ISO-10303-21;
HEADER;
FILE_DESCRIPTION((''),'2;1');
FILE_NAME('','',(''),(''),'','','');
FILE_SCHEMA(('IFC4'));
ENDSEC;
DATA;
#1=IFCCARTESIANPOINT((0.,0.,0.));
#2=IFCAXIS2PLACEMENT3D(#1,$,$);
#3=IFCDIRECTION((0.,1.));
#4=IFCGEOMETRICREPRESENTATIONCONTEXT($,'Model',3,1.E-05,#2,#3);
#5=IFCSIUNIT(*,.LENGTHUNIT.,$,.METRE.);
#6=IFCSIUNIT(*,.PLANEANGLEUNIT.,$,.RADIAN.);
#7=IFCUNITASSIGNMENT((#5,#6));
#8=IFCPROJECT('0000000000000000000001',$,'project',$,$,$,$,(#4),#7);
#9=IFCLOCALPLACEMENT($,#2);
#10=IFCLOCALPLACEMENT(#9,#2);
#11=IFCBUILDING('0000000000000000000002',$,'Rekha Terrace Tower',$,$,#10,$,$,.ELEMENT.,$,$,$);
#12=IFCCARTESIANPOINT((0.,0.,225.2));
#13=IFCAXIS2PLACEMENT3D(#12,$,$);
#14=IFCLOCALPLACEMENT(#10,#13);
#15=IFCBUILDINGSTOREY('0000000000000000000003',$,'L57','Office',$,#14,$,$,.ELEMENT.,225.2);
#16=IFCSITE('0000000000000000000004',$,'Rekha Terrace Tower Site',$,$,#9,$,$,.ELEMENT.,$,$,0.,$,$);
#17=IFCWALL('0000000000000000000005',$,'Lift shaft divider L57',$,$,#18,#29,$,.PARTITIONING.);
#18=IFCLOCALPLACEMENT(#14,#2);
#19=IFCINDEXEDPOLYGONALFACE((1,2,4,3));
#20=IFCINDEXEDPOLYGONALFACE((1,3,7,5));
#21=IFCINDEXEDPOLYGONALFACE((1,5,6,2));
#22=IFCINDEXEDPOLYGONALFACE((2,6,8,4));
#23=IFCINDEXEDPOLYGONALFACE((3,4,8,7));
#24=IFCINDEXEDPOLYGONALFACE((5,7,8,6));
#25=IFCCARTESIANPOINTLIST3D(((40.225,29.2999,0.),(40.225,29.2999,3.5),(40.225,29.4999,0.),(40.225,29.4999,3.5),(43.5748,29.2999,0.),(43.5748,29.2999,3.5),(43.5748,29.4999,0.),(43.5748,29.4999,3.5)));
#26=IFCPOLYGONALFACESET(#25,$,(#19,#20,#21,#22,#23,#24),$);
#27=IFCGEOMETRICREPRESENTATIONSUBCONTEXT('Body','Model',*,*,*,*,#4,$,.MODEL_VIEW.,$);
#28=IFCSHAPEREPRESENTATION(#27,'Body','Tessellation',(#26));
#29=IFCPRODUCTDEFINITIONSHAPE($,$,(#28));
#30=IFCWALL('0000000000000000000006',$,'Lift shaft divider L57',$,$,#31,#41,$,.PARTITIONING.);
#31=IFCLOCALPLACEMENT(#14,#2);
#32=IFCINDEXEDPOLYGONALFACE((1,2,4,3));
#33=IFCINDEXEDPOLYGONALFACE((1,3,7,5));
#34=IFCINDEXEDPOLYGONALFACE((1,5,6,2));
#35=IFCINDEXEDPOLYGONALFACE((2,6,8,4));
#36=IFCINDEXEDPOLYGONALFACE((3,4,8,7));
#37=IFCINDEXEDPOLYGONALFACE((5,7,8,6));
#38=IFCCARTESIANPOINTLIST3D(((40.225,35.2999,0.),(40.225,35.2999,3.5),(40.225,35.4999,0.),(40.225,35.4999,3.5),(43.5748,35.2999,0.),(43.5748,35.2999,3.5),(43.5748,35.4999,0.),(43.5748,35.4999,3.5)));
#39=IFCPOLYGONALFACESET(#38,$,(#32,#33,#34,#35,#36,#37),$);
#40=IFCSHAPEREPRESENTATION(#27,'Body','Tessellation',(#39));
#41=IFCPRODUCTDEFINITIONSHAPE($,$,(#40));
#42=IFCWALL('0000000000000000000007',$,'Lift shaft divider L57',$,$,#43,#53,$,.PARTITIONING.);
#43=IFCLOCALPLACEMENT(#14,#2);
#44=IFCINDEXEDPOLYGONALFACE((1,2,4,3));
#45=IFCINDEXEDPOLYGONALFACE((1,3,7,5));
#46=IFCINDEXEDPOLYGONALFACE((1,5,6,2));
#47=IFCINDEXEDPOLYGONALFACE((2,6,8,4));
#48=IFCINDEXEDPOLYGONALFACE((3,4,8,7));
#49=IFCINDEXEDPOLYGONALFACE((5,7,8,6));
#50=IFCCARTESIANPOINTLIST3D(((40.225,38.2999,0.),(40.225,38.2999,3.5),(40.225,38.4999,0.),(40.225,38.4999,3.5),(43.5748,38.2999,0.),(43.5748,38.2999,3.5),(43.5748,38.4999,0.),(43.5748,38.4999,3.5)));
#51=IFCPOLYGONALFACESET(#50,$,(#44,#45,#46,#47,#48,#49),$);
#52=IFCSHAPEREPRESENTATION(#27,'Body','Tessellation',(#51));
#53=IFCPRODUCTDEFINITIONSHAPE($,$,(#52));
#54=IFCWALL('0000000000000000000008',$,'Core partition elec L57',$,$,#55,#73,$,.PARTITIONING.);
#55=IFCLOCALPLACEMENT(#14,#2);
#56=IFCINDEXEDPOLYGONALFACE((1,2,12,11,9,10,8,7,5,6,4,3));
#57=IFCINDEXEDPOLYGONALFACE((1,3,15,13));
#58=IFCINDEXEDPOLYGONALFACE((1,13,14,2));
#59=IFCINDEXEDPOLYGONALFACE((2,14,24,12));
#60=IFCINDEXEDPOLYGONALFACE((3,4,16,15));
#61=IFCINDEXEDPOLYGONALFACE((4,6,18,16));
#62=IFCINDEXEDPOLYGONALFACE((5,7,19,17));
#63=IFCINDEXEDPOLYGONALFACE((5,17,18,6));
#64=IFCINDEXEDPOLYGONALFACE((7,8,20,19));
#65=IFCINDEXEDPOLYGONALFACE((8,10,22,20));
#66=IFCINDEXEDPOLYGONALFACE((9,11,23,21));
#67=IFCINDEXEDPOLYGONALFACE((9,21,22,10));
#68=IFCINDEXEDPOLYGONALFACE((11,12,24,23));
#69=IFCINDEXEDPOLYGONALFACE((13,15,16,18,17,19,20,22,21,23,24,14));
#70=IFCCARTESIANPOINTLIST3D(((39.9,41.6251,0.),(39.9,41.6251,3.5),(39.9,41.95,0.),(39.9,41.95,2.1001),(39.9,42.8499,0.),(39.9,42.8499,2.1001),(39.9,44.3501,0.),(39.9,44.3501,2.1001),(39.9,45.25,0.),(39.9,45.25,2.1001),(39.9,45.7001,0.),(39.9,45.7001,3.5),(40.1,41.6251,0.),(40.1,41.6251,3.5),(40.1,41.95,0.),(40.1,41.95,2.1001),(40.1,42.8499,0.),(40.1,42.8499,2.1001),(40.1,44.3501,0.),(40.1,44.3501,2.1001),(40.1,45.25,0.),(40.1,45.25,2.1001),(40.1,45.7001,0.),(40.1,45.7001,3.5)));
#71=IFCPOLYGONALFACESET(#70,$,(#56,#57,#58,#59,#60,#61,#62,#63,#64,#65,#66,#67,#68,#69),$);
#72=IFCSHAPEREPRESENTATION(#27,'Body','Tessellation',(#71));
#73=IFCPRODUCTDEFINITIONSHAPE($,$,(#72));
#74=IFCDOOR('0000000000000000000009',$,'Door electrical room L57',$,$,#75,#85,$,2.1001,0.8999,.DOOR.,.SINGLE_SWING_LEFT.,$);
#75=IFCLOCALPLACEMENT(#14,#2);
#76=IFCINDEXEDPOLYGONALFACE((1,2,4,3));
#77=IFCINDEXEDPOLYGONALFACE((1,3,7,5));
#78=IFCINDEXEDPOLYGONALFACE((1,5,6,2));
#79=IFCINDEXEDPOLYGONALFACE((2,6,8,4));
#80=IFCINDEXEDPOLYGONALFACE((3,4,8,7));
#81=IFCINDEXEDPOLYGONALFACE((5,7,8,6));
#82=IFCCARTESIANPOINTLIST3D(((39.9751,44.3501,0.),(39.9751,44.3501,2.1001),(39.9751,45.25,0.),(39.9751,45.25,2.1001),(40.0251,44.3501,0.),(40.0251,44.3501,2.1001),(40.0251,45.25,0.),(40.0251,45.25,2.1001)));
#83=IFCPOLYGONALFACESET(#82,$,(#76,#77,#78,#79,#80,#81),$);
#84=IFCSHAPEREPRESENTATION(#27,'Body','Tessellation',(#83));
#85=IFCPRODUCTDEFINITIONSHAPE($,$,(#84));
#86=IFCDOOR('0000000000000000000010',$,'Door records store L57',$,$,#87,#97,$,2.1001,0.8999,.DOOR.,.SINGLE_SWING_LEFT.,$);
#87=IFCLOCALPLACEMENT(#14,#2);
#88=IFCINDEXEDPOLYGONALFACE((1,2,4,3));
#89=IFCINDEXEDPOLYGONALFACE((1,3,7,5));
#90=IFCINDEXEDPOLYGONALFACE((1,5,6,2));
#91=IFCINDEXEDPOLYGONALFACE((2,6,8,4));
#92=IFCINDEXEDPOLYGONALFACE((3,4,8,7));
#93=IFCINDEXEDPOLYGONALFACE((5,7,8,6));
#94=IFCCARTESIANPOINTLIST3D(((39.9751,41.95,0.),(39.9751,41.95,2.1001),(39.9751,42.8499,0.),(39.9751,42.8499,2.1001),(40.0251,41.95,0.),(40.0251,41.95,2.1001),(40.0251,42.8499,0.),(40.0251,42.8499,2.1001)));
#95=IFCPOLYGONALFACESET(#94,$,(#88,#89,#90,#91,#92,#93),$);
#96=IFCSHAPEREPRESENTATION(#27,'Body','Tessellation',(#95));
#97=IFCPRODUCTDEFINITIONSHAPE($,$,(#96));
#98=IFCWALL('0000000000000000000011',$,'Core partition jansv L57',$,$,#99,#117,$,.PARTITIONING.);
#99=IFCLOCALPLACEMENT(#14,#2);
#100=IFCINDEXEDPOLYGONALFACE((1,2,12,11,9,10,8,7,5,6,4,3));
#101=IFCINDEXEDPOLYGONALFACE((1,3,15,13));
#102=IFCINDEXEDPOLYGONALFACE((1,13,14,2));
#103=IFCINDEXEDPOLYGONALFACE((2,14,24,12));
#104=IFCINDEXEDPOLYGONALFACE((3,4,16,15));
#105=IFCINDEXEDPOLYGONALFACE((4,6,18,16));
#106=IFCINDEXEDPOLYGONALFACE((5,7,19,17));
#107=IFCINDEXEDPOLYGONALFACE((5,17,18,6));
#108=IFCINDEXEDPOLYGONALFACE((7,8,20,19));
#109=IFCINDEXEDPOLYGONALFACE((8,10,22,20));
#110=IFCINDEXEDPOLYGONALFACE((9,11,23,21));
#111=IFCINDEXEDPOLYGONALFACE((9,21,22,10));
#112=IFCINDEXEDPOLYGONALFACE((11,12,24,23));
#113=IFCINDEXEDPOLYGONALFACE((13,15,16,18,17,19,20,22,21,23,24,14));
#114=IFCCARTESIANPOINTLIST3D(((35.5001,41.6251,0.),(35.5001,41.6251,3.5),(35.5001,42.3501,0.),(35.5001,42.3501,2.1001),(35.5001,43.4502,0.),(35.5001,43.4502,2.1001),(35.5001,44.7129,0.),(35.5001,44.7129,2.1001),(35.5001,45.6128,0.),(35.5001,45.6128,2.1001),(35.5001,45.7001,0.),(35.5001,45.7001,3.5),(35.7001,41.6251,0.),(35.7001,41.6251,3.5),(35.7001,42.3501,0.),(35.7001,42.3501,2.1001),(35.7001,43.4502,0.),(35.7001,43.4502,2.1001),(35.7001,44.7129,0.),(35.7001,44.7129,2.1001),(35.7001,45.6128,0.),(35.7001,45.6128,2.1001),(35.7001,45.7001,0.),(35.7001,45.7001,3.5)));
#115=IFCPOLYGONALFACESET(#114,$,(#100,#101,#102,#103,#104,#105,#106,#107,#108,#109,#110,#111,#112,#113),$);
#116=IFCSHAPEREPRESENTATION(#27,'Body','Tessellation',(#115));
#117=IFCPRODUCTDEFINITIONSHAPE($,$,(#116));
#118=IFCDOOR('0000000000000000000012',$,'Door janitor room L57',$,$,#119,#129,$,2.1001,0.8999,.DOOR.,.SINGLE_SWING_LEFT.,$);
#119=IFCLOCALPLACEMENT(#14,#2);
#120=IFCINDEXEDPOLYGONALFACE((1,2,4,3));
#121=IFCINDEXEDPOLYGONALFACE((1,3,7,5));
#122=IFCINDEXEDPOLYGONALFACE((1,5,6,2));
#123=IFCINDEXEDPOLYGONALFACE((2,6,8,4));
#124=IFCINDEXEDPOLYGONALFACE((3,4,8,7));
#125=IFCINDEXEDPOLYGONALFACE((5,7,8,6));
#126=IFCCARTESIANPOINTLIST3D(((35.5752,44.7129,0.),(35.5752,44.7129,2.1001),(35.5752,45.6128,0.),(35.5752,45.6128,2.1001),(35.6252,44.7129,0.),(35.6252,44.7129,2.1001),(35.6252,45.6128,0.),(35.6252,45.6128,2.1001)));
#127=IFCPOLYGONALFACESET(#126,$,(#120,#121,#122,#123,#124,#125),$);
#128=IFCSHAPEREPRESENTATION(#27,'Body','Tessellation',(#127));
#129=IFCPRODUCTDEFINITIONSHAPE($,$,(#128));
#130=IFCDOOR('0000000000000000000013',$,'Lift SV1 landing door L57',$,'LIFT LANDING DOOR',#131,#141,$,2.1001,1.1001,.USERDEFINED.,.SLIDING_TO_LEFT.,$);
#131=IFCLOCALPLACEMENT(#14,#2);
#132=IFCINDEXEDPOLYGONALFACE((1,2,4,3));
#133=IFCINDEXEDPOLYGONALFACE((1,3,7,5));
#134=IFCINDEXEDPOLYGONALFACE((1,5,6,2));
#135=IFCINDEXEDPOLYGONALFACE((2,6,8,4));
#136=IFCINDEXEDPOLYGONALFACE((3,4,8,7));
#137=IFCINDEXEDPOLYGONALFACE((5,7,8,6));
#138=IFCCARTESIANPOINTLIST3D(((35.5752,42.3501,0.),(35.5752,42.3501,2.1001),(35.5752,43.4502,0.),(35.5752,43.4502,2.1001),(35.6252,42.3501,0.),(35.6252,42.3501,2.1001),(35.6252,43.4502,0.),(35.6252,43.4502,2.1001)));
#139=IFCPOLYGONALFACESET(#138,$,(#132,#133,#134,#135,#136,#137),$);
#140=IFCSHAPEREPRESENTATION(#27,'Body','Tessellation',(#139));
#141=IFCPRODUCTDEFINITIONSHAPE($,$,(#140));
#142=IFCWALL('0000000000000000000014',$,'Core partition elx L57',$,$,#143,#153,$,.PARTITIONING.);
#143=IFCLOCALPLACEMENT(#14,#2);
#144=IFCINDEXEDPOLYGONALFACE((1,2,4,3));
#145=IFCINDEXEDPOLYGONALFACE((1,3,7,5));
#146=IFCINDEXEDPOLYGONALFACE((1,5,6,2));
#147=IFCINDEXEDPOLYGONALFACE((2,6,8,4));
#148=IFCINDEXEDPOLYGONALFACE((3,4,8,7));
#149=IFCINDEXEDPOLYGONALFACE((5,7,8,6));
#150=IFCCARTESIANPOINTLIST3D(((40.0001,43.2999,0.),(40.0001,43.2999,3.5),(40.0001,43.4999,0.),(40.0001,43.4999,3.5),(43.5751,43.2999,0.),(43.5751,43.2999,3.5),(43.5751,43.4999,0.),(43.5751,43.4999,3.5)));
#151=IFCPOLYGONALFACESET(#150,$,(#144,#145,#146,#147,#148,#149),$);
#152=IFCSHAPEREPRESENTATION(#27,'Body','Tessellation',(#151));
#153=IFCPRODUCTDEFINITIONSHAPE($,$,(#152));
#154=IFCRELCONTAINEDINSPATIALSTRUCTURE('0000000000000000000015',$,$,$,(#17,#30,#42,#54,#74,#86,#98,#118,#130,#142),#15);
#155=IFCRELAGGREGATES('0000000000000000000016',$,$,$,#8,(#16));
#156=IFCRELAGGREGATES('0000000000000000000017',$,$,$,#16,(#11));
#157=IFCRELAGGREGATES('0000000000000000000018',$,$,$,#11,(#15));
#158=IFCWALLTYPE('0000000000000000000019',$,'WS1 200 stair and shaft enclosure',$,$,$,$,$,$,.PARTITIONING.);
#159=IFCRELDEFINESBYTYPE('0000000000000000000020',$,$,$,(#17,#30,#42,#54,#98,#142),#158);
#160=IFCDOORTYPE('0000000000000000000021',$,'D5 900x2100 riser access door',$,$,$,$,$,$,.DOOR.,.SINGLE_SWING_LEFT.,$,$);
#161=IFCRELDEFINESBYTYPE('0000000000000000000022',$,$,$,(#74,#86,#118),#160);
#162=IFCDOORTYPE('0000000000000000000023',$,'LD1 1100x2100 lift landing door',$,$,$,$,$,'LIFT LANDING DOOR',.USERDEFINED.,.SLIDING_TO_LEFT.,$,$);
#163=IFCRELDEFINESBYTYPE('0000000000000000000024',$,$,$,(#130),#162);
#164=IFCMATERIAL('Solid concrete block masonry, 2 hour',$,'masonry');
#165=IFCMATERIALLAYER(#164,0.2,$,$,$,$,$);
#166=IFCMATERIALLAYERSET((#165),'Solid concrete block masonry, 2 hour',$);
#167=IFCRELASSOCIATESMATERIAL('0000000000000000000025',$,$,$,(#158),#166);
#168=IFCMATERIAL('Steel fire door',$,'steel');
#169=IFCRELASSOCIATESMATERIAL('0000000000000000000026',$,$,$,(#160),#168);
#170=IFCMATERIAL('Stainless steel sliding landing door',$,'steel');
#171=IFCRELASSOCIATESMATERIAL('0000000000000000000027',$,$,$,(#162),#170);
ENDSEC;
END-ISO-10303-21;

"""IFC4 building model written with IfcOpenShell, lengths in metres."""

from ifc_helpers import new_model, si_unit, direction, frame, frame_2d, origin, place, context, subcontext, project, spatial, rectangle, extrude, material, layer, layer_set, type_object, element, fill, save


model = new_model("IFC4")

# Units and contexts
model_context = context("Model", 3, precision=1e-05, world=origin(), true_north=direction((0.0, 1.0)))
body_context = subcontext(model_context, "Body", "Model", "MODEL_VIEW")
ifc_project = project(units=[si_unit("LENGTHUNIT", "METRE"), si_unit("PLANEANGLEUNIT", "RADIAN")], contexts=[model_context])

# Site, building, storey
site_placement = place(None, origin())
site = spatial("IfcSite", under=ifc_project, at=site_placement, Name="Rekha Terrace Tower Site", CompositionType="ELEMENT", RefElevation=0.0)
building_placement = place(site_placement, origin())
building = spatial("IfcBuilding", under=site, at=building_placement, Name="Rekha Terrace Tower", CompositionType="ELEMENT")
storey_placement = place(building_placement, frame((0.0, 0.0, 225.2)))
storey = spatial("IfcBuildingStorey", under=building, at=storey_placement, Name="L57", Description="Office", CompositionType="ELEMENT", Elevation=225.2)

# Shared definitions
ifc_material_1 = material(Name="Stainless steel sliding landing door", Category="steel")
ifc_material_2 = material(Name="Steel fire door", Category="steel")

# Walls
ifc_material_3 = material(Name="Solid concrete block masonry, 2 hour", Category="masonry")
ifc_layer_1 = layer(ifc_material_3, 0.2)
ifc_layer_set_1 = layer_set([ifc_layer_1], Name="Solid concrete block masonry, 2 hour")
wall_type_1 = type_object("IfcWallType", Name="WS1 200 stair and shaft enclosure", PredefinedType="PARTITIONING", material=ifc_layer_set_1)
for number, where, z_axis, x_axis, name in (
    (1, (40.2251, 29.3999, 0.0), (0.0, 0.0, 1.0), (1.0, 0.0, 0.0), "Lift shaft divider L57"),
    (2, (40.2251, 35.3999, 0.0), (0.0, 0.0, 1.0), (1.0, 0.0, 0.0), "Lift shaft divider L57"),
    (3, (40.2251, 38.3999, 0.0), (0.0, 0.0, 1.0), (1.0, 0.0, 0.0), "Lift shaft divider L57"),
):
    element("IfcWall", number, at=place(storey_placement, frame(where, z_axis=z_axis, x_axis=x_axis)), inside=storey, type_object=wall_type_1, Name=name, PredefinedType="PARTITIONING", context=body_context, shape_type="SweptSolid", body=[
        extrude(rectangle(XDim=3.3499, YDim=0.2, at=frame_2d((1.6748, 0.0))), origin(), (0.0, 0.0, 1.0), 3.5),
    ])

# Walls, openings, doors
wall_1_placement = place(storey_placement, frame((40.0, 41.625, 0.0), z_axis=(0.0, 0.0, 1.0), x_axis=(0.0, 1.0, 0.0)))
wall_1 = element("IfcWall", 4, at=wall_1_placement, inside=storey, type_object=wall_type_1, Name="Core partition elec L57", PredefinedType="PARTITIONING", context=body_context, shape_type="SweptSolid", body=[
    extrude(rectangle(XDim=4.075, YDim=0.2, at=frame_2d((2.0376, 0.0))), origin(), (0.0, 0.0, 1.0), 3.5),
])
opening_1_placement = place(wall_1_placement, frame((2.7251, 0.0, 0.0)))
opening_1 = element("IfcOpeningElement", 5, at=opening_1_placement, cuts=wall_1, PredefinedType="OPENING", context=body_context, shape_type="SweptSolid", body=[
    extrude(rectangle(XDim=0.8999, YDim=2.1001, at=frame_2d((0.45, 1.05))), frame((0.0, 0.1099, 0.0), z_axis=(0.0, -1.0, 0.0), x_axis=(1.0, 0.0, 0.0)), (0.0, 0.0, 1.0), 0.22),
])
opening_2_placement = place(wall_1_placement, frame((0.325, 0.0, 0.0)))
opening_2 = element("IfcOpeningElement", 6, at=opening_2_placement, cuts=wall_1, PredefinedType="OPENING", context=body_context, shape_type="SweptSolid", body=[
    extrude(rectangle(XDim=0.8999, YDim=2.1001, at=frame_2d((0.45, 1.05))), frame((0.0, 0.1099, 0.0), z_axis=(0.0, -1.0, 0.0), x_axis=(1.0, 0.0, 0.0)), (0.0, 0.0, 1.0), 0.22),
])
door_type_1 = type_object("IfcDoorType", Name="D5 900x2100 riser access door", OperationType="SINGLE_SWING_LEFT", PredefinedType="DOOR", material=ifc_material_2)
door_1_placement = place(opening_1_placement, origin())
door_1 = element("IfcDoor", 7, at=door_1_placement, inside=storey, type_object=door_type_1, Name="Door electrical room L57", OperationType="SINGLE_SWING_LEFT", OverallHeight=2.1001, OverallWidth=0.8999, PredefinedType="DOOR", context=body_context, shape_type="SweptSolid", body=[
    extrude(rectangle(XDim=0.8999, YDim=2.1001, at=frame_2d((0.45, 1.05))), frame((0.0, 0.0249, 0.0), z_axis=(0.0, -1.0, 0.0), x_axis=(1.0, 0.0, 0.0)), (0.0, 0.0, 1.0), 0.05),
])
fill(opening_1, door_1)
door_2_placement = place(opening_2_placement, origin())
door_2 = element("IfcDoor", 8, at=door_2_placement, inside=storey, type_object=door_type_1, Name="Door records store L57", OperationType="SINGLE_SWING_LEFT", OverallHeight=2.1001, OverallWidth=0.8999, PredefinedType="DOOR", context=body_context, shape_type="SweptSolid", body=[
    extrude(rectangle(XDim=0.8999, YDim=2.1001, at=frame_2d((0.45, 1.05))), frame((0.0, 0.0249, 0.0), z_axis=(0.0, -1.0, 0.0), x_axis=(1.0, 0.0, 0.0)), (0.0, 0.0, 1.0), 0.05),
])
fill(opening_2, door_2)
wall_2_placement = place(storey_placement, frame((35.6001, 41.625, 0.0), z_axis=(0.0, 0.0, 1.0), x_axis=(0.0, 1.0, 0.0)))
wall_2 = element("IfcWall", 9, at=wall_2_placement, inside=storey, type_object=wall_type_1, Name="Core partition jansv L57", PredefinedType="PARTITIONING", context=body_context, shape_type="SweptSolid", body=[
    extrude(rectangle(XDim=4.075, YDim=0.2, at=frame_2d((2.0376, 0.0))), origin(), (0.0, 0.0, 1.0), 3.5),
])
opening_3_placement = place(wall_2_placement, frame((3.0879, 0.0, 0.0)))
opening_3 = element("IfcOpeningElement", 10, at=opening_3_placement, cuts=wall_2, PredefinedType="OPENING", context=body_context, shape_type="SweptSolid", body=[
    extrude(rectangle(XDim=0.8999, YDim=2.1001, at=frame_2d((0.45, 1.05))), frame((0.0, 0.1099, 0.0), z_axis=(0.0, -1.0, 0.0), x_axis=(1.0, 0.0, 0.0)), (0.0, 0.0, 1.0), 0.22),
])
opening_4_placement = place(wall_2_placement, frame((0.7251, 0.0, 0.0)))
opening_4 = element("IfcOpeningElement", 11, at=opening_4_placement, cuts=wall_2, PredefinedType="OPENING", context=body_context, shape_type="SweptSolid", body=[
    extrude(rectangle(XDim=1.1001, YDim=2.1001, at=frame_2d((0.55, 1.05))), frame((0.0, 0.1099, 0.0), z_axis=(0.0, -1.0, 0.0), x_axis=(1.0, 0.0, 0.0)), (0.0, 0.0, 1.0), 0.22),
])
door_3_placement = place(opening_3_placement, origin())
door_3 = element("IfcDoor", 12, at=door_3_placement, inside=storey, type_object=door_type_1, Name="Door janitor room L57", OperationType="SINGLE_SWING_LEFT", OverallHeight=2.1001, OverallWidth=0.8999, PredefinedType="DOOR", context=body_context, shape_type="SweptSolid", body=[
    extrude(rectangle(XDim=0.8999, YDim=2.1001, at=frame_2d((0.45, 1.05))), frame((0.0, 0.0249, 0.0), z_axis=(0.0, -1.0, 0.0), x_axis=(1.0, 0.0, 0.0)), (0.0, 0.0, 1.0), 0.05),
])
fill(opening_3, door_3)
door_type_2 = type_object("IfcDoorType", Name="LD1 1100x2100 lift landing door", ElementType="LIFT LANDING DOOR", OperationType="SLIDING_TO_LEFT", PredefinedType="USERDEFINED", material=ifc_material_1)
door_4_placement = place(opening_4_placement, origin())
door_4 = element("IfcDoor", 13, at=door_4_placement, inside=storey, type_object=door_type_2, Name="Lift SV1 landing door L57", ObjectType="LIFT LANDING DOOR", OperationType="SLIDING_TO_LEFT", OverallHeight=2.1001, OverallWidth=1.1001, PredefinedType="USERDEFINED", context=body_context, shape_type="SweptSolid", body=[
    extrude(rectangle(XDim=1.1001, YDim=2.1001, at=frame_2d((0.55, 1.05))), frame((0.0, 0.0249, 0.0), z_axis=(0.0, -1.0, 0.0), x_axis=(1.0, 0.0, 0.0)), (0.0, 0.0, 1.0), 0.05),
])
fill(opening_4, door_4)

# Wall
wall_3_placement = place(storey_placement, frame((40.0, 43.3999, 0.0), z_axis=(0.0, 0.0, 1.0), x_axis=(1.0, 0.0, 0.0)))
element("IfcWall", 14, at=wall_3_placement, inside=storey, type_object=wall_type_1, Name="Core partition elx L57", PredefinedType="PARTITIONING", context=body_context, shape_type="SweptSolid", body=[
    extrude(rectangle(XDim=3.575, YDim=0.2, at=frame_2d((1.7876, 0.0))), origin(), (0.0, 0.0, 1.0), 3.5),
])

save(model, "model.ifc")
